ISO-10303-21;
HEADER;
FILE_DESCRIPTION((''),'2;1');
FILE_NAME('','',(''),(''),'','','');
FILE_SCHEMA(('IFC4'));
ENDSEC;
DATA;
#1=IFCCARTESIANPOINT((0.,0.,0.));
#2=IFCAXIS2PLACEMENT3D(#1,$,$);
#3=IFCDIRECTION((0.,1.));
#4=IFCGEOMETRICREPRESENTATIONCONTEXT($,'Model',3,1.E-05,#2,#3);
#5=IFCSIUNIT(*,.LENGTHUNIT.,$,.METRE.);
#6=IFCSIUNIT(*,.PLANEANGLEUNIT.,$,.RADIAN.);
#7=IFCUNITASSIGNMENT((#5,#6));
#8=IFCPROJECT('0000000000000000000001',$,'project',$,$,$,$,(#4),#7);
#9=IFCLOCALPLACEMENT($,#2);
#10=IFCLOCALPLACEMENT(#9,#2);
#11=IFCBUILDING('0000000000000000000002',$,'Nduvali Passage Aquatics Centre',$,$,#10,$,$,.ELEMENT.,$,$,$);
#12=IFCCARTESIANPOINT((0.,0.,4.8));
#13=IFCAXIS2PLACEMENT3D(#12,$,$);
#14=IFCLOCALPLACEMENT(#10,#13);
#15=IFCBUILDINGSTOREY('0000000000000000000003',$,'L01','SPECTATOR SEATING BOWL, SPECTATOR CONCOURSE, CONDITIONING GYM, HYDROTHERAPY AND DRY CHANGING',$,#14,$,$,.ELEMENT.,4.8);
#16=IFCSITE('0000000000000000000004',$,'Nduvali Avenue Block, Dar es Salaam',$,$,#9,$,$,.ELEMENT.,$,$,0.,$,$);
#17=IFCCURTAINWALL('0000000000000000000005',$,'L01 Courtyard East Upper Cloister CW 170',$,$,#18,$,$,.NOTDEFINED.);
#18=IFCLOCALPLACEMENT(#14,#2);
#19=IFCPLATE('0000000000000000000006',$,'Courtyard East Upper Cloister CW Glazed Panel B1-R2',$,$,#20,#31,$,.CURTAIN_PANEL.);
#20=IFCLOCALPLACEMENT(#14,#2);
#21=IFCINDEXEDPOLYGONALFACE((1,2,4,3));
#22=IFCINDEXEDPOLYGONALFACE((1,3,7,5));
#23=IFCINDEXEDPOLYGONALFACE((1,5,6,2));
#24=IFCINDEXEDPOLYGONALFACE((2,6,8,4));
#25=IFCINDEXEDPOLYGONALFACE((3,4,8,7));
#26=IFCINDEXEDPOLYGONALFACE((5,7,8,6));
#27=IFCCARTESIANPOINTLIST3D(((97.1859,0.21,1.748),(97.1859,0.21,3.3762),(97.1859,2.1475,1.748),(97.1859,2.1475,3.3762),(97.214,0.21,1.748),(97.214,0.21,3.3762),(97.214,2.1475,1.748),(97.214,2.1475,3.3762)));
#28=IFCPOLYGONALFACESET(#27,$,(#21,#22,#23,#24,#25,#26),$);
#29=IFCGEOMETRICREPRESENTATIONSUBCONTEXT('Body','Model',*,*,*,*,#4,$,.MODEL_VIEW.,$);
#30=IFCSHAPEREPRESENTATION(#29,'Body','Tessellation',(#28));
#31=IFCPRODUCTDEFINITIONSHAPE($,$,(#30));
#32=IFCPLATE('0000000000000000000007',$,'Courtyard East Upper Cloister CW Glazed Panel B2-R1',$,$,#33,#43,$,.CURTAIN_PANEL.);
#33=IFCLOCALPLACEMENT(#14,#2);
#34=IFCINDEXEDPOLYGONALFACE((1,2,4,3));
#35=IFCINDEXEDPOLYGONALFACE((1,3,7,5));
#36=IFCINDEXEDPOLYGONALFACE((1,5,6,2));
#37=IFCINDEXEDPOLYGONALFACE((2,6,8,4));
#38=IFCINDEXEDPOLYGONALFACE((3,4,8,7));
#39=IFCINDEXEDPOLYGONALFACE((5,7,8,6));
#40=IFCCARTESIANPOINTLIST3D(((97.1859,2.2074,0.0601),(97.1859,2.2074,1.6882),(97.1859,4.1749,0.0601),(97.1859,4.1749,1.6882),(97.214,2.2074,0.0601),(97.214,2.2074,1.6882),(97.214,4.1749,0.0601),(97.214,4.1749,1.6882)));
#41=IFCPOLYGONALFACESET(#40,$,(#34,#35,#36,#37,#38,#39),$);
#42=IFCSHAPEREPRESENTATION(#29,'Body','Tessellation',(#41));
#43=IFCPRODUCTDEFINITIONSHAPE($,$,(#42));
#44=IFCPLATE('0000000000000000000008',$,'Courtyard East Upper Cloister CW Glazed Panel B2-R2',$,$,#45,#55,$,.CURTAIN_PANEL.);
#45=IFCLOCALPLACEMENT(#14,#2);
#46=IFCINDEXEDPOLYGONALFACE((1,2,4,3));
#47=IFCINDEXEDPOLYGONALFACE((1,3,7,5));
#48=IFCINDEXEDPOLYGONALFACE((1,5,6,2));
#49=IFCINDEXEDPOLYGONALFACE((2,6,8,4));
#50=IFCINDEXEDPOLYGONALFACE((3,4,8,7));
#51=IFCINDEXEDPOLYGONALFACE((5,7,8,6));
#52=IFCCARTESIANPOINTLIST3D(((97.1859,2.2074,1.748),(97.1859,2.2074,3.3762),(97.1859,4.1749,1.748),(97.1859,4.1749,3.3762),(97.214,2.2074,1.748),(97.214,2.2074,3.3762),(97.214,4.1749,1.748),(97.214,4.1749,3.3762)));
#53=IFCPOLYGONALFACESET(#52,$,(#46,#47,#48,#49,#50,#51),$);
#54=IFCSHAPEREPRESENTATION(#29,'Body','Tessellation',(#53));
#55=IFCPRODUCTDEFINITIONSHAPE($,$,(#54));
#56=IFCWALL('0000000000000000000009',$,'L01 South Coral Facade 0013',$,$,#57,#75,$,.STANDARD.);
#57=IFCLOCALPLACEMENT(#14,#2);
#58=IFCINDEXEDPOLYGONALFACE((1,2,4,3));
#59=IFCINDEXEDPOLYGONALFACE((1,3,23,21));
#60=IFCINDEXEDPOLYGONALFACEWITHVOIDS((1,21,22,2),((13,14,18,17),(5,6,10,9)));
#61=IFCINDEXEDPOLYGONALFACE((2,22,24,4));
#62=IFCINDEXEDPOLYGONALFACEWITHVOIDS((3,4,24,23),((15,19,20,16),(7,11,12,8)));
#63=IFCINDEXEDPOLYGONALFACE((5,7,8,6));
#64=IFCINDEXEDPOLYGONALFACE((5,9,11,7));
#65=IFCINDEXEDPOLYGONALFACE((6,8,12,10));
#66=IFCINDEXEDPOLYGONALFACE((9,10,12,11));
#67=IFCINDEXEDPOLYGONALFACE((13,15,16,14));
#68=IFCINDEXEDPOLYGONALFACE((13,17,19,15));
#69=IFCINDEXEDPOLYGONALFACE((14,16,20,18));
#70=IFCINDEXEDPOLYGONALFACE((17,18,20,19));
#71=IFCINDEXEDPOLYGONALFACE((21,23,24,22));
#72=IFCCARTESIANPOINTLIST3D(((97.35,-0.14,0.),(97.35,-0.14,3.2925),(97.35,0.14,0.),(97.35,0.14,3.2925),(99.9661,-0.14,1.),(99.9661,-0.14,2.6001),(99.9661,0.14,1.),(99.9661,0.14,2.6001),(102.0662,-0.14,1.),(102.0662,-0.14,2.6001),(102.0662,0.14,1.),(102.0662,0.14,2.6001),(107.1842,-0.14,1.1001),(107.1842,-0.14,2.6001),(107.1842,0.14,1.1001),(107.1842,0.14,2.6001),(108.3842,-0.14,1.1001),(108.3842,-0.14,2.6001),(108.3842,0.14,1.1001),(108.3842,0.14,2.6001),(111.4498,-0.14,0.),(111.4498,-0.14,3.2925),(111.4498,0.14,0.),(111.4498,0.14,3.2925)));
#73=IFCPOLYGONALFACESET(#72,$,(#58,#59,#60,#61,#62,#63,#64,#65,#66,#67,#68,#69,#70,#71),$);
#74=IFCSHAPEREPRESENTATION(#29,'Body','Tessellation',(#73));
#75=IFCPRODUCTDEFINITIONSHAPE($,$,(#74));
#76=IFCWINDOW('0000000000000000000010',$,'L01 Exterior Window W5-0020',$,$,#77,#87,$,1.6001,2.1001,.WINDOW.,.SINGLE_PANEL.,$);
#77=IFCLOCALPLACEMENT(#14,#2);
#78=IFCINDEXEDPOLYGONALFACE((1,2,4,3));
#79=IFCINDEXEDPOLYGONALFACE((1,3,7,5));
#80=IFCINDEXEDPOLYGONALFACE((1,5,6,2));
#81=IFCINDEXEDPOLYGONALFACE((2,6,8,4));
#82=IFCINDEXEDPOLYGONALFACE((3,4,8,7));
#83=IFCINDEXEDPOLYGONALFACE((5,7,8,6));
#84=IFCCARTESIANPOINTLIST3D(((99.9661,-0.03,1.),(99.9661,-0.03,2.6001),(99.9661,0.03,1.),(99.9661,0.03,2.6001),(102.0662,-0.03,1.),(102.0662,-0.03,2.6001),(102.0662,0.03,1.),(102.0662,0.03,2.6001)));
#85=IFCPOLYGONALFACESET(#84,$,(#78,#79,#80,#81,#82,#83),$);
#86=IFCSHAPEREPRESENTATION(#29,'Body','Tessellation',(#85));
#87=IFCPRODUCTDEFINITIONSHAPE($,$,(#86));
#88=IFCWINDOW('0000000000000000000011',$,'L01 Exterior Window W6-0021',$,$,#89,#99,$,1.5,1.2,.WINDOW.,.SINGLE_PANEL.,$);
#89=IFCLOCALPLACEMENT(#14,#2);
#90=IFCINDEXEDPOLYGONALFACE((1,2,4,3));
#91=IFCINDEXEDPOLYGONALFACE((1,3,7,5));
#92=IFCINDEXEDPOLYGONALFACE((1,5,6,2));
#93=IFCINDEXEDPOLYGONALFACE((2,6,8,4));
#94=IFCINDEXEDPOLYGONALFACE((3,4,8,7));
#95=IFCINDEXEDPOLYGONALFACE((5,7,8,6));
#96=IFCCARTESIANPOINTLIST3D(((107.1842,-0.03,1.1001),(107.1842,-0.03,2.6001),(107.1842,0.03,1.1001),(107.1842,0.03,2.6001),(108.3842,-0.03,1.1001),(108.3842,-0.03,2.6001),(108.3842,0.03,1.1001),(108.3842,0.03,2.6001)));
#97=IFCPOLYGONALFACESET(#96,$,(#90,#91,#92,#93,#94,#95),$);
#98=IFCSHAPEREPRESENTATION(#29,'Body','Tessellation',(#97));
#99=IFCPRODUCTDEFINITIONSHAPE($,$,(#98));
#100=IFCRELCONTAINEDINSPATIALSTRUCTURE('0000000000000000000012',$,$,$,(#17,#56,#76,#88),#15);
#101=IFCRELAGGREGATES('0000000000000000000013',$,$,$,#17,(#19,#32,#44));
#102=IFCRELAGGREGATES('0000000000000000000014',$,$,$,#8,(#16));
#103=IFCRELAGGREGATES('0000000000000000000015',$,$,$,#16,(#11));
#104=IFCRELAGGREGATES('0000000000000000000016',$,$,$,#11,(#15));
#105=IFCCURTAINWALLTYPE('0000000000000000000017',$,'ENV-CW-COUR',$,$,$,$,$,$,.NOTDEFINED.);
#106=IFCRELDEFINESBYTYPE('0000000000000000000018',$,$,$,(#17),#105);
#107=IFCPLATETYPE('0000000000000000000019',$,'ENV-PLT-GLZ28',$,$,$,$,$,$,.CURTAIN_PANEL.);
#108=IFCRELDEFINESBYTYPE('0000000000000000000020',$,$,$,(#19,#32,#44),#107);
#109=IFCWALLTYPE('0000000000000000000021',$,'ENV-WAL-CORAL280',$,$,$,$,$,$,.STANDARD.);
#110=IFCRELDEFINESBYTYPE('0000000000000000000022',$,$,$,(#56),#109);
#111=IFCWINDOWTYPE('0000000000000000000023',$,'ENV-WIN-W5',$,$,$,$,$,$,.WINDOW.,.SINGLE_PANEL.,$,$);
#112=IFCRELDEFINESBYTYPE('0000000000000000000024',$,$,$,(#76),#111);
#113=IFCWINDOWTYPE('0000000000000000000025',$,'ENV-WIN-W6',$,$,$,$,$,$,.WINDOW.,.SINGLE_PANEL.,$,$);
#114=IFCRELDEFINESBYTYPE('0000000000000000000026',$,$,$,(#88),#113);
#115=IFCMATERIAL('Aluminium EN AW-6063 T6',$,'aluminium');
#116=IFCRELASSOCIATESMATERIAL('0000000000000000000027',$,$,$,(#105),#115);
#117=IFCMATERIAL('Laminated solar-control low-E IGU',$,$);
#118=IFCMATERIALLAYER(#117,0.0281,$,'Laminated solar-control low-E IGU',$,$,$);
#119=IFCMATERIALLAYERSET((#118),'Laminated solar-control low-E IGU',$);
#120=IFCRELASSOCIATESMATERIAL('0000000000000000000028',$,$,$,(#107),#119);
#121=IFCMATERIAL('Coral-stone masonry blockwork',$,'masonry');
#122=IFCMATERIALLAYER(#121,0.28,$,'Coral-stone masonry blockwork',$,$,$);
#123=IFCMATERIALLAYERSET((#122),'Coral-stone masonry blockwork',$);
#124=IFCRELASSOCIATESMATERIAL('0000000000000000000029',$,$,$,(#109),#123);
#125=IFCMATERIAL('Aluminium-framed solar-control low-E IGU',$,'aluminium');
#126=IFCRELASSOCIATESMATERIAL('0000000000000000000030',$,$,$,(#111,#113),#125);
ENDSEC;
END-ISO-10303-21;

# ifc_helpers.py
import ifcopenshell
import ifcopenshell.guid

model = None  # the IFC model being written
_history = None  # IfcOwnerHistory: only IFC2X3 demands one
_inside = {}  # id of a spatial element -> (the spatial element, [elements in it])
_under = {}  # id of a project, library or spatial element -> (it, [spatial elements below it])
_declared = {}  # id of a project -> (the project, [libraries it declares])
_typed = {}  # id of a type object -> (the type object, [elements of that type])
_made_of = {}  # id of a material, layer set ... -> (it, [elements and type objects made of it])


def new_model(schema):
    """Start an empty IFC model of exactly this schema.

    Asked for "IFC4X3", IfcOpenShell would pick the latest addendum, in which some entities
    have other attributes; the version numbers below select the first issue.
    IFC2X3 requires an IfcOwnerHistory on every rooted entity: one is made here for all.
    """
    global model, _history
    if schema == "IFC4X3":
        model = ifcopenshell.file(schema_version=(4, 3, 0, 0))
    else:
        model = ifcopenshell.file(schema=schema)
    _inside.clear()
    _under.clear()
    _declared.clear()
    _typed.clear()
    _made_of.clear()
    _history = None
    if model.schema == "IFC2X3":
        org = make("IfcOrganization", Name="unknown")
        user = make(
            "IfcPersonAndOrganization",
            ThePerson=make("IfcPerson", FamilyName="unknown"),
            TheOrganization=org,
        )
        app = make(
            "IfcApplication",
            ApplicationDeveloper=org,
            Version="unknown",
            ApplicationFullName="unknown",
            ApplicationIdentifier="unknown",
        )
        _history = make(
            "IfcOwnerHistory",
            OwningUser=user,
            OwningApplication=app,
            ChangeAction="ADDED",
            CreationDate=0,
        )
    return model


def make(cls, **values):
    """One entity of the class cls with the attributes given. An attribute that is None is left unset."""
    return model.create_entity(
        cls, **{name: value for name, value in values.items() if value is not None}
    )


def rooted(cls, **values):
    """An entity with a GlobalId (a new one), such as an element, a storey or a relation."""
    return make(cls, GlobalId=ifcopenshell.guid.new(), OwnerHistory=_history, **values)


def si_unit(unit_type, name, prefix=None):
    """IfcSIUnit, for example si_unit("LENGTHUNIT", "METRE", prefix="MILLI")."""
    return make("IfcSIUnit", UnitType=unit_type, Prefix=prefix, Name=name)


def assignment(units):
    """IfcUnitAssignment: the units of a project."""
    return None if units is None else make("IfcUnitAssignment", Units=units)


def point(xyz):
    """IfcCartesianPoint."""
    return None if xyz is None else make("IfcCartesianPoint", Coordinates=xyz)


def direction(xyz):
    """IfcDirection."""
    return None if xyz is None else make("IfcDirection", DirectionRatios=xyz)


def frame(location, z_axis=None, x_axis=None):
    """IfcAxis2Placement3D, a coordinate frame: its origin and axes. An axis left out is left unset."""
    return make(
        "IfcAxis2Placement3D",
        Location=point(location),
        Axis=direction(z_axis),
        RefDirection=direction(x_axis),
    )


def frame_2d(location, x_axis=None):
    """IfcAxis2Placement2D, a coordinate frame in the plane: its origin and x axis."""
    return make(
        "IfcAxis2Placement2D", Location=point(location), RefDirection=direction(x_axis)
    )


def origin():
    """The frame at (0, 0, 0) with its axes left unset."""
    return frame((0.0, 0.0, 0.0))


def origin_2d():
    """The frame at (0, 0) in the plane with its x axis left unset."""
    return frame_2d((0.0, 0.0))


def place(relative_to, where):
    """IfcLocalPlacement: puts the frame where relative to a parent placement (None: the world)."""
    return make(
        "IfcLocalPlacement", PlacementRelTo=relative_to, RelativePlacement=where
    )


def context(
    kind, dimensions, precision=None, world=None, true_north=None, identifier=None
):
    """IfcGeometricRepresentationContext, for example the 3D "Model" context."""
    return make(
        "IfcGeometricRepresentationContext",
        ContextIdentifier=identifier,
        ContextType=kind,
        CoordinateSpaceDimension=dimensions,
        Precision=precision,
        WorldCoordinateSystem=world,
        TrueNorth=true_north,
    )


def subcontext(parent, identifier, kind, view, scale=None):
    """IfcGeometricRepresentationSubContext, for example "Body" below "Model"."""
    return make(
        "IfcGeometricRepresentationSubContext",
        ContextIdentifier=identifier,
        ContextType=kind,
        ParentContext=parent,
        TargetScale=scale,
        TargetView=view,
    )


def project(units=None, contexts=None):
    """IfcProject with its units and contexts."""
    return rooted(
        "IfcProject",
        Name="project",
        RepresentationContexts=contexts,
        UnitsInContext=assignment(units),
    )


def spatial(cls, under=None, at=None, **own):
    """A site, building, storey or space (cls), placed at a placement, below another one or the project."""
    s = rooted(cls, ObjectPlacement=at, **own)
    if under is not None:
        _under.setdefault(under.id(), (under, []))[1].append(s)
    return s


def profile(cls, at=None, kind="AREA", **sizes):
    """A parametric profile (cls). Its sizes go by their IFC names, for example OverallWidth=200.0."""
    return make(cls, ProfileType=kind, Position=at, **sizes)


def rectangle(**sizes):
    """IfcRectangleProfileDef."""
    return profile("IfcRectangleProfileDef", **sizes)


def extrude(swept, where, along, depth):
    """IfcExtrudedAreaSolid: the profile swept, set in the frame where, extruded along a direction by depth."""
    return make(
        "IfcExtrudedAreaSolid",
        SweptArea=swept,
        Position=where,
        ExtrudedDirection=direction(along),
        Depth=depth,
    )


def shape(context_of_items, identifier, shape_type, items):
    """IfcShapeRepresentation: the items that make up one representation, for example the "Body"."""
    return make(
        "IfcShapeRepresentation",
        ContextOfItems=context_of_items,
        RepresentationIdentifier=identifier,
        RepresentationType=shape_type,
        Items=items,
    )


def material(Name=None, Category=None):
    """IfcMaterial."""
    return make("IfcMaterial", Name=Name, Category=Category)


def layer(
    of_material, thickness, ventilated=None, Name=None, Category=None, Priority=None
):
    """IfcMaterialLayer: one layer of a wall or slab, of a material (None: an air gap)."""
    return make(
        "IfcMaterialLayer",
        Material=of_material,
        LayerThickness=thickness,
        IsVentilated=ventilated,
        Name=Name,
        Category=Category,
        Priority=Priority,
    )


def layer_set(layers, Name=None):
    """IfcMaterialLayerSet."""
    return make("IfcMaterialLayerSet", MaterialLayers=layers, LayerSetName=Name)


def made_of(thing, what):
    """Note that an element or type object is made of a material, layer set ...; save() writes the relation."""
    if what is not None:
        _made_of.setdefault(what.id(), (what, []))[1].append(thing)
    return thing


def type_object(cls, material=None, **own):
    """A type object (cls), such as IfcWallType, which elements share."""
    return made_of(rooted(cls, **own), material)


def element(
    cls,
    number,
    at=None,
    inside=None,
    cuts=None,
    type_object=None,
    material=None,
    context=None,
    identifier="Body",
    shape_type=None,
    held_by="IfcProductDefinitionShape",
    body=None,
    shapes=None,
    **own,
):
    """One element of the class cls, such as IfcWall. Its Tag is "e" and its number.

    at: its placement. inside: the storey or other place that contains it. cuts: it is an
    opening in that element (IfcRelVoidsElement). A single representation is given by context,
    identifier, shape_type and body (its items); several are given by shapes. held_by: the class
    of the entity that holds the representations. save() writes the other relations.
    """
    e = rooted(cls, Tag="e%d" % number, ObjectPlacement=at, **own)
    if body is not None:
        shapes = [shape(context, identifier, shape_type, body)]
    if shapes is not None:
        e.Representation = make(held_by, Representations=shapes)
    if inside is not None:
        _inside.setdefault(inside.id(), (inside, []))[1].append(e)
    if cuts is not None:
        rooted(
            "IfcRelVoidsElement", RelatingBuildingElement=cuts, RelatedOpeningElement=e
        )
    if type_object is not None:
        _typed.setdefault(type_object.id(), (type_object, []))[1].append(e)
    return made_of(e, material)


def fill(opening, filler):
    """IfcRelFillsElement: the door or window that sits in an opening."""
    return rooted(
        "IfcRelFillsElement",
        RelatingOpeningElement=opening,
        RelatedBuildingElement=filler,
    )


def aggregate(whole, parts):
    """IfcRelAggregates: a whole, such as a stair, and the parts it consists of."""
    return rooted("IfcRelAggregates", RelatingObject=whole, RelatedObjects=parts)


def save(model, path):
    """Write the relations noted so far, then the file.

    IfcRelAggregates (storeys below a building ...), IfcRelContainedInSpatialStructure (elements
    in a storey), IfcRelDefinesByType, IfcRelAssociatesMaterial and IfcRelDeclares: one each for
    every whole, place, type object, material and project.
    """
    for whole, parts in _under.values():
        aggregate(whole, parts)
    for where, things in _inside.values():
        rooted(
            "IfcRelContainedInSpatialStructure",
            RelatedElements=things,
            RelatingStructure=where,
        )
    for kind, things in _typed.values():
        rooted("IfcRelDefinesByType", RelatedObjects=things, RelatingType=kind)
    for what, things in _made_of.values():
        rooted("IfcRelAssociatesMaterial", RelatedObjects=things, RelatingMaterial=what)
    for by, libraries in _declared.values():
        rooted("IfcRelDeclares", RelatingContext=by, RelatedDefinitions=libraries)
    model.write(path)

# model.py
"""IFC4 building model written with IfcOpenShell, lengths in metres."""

from ifc_helpers import new_model, si_unit, direction, frame, frame_2d, origin, origin_2d, place, context, subcontext, project, spatial, rectangle, extrude, material, layer, layer_set, type_object, element, fill, aggregate, save


model = new_model("IFC4")

# Units and contexts
model_context = context("Model", 3, precision=1e-05, world=origin(), true_north=direction((0.0, 1.0)))
body_context = subcontext(model_context, "Body", "Model", "MODEL_VIEW")
ifc_project = project(units=[si_unit("LENGTHUNIT", "METRE"), si_unit("PLANEANGLEUNIT", "RADIAN")], contexts=[model_context])

# Site, building, storey
site_placement = place(None, origin())
site = spatial("IfcSite", under=ifc_project, at=site_placement, Name="Nduvali Avenue Block, Dar es Salaam", CompositionType="ELEMENT", RefElevation=0.0)
building_placement = place(site_placement, origin())
building = spatial("IfcBuilding", under=site, at=building_placement, Name="Nduvali Passage Aquatics Centre", CompositionType="ELEMENT")
storey_placement = place(building_placement, frame((0.0, 0.0, 4.8)))
storey = spatial("IfcBuildingStorey", under=building, at=storey_placement, Name="L01", Description="SPECTATOR SEATING BOWL, SPECTATOR CONCOURSE, CONDITIONING GYM, HYDROTHERAPY AND DRY CHANGING", CompositionType="ELEMENT", Elevation=4.8)

# Curtain wall
ifc_material_1 = material(Name="Aluminium EN AW-6063 T6", Category="aluminium")
curtain_wall_type = type_object("IfcCurtainWallType", Name="ENV-CW-COUR", PredefinedType="NOTDEFINED", material=ifc_material_1)
curtain_wall_placement = place(storey_placement, origin())
curtain_wall = element("IfcCurtainWall", 1, at=curtain_wall_placement, inside=storey, type_object=curtain_wall_type, Name="L01 Courtyard East Upper Cloister CW 170", PredefinedType="NOTDEFINED")

# Plates
ifc_material_2 = material(Name="Laminated solar-control low-E IGU")
ifc_layer_1 = layer(ifc_material_2, 0.0281, Name="Laminated solar-control low-E IGU")
ifc_layer_set_1 = layer_set([ifc_layer_1], Name="Laminated solar-control low-E IGU")
plate_type = type_object("IfcPlateType", Name="ENV-PLT-GLZ28", PredefinedType="CURTAIN_PANEL", material=ifc_layer_set_1)
plate_1_placement = place(storey_placement, frame((97.2, 1.1787, 1.748), z_axis=(0.0, 0.0, 1.0), x_axis=(0.0, 1.0, 0.0)))
plate_1 = element("IfcPlate", 2, at=plate_1_placement, type_object=plate_type, Name="Courtyard East Upper Cloister CW Glazed Panel B1-R2", PredefinedType="CURTAIN_PANEL", context=body_context, shape_type="SweptSolid", body=[
    extrude(rectangle(XDim=1.9375, YDim=0.0281, at=origin_2d()), origin(), (0.0, 0.0, 1.0), 1.6282),
])
plate_2_placement = place(storey_placement, frame((97.2, 3.1912, 0.0601), z_axis=(0.0, 0.0, 1.0), x_axis=(0.0, 1.0, 0.0)))
plate_2 = element("IfcPlate", 3, at=plate_2_placement, type_object=plate_type, Name="Courtyard East Upper Cloister CW Glazed Panel B2-R1", PredefinedType="CURTAIN_PANEL", context=body_context, shape_type="SweptSolid", body=[
    extrude(rectangle(XDim=1.9675, YDim=0.0281, at=origin_2d()), origin(), (0.0, 0.0, 1.0), 1.6282),
])
plate_3_placement = place(storey_placement, frame((97.2, 3.1912, 1.748), z_axis=(0.0, 0.0, 1.0), x_axis=(0.0, 1.0, 0.0)))
plate_3 = element("IfcPlate", 4, at=plate_3_placement, type_object=plate_type, Name="Courtyard East Upper Cloister CW Glazed Panel B2-R2", PredefinedType="CURTAIN_PANEL", context=body_context, shape_type="SweptSolid", body=[
    extrude(rectangle(XDim=1.9675, YDim=0.0281, at=origin_2d()), origin(), (0.0, 0.0, 1.0), 1.6282),
])
aggregate(curtain_wall, [plate_1, plate_2, plate_3])

# Wall, openings, windows
ifc_material_3 = material(Name="Coral-stone masonry blockwork", Category="masonry")
ifc_layer_2 = layer(ifc_material_3, 0.28, Name="Coral-stone masonry blockwork")
ifc_layer_set_2 = layer_set([ifc_layer_2], Name="Coral-stone masonry blockwork")
wall_type = type_object("IfcWallType", Name="ENV-WAL-CORAL280", PredefinedType="STANDARD", material=ifc_layer_set_2)
wall_placement = place(storey_placement, frame((97.3501, 0.0, 0.0), z_axis=(0.0, 0.0, 1.0), x_axis=(1.0, 0.0, 0.0)))
wall = element("IfcWall", 5, at=wall_placement, inside=storey, type_object=wall_type, Name="L01 South Coral Facade 0013", PredefinedType="STANDARD", context=body_context, shape_type="SweptSolid", body=[
    extrude(rectangle(XDim=14.0999, YDim=0.28, at=frame_2d((7.0498, 0.0))), origin(), (0.0, 0.0, 1.0), 3.2925),
])
opening_1_placement = place(wall_placement, frame((2.616, 0.0, 1.0)))
opening_1 = element("IfcOpeningElement", 6, at=opening_1_placement, cuts=wall, PredefinedType="OPENING", context=body_context, shape_type="SweptSolid", body=[
    extrude(rectangle(XDim=2.1001, YDim=1.6001, at=frame_2d((1.05, 0.8))), frame((0.0, 0.1548, 0.0), z_axis=(0.0, -1.0, 0.0), x_axis=(1.0, 0.0, 0.0)), (0.0, 0.0, 1.0), 0.3098),
])
opening_2_placement = place(wall_placement, frame((9.834, 0.0, 1.1001)))
opening_2 = element("IfcOpeningElement", 7, at=opening_2_placement, cuts=wall, PredefinedType="OPENING", context=body_context, shape_type="SweptSolid", body=[
    extrude(rectangle(XDim=1.2, YDim=1.5, at=frame_2d((0.6001, 0.75))), frame((0.0, 0.1548, 0.0), z_axis=(0.0, -1.0, 0.0), x_axis=(1.0, 0.0, 0.0)), (0.0, 0.0, 1.0), 0.3098),
])
ifc_material_4 = material(Name="Aluminium-framed solar-control low-E IGU", Category="aluminium")
window_type_1 = type_object("IfcWindowType", Name="ENV-WIN-W5", PartitioningType="SINGLE_PANEL", PredefinedType="WINDOW", material=ifc_material_4)
window_1_placement = place(opening_1_placement, origin())
window_1 = element("IfcWindow", 8, at=window_1_placement, inside=storey, type_object=window_type_1, Name="L01 Exterior Window W5-0020", OverallHeight=1.6001, OverallWidth=2.1001, PartitioningType="SINGLE_PANEL", PredefinedType="WINDOW", context=body_context, shape_type="SweptSolid", body=[
    extrude(rectangle(XDim=2.1001, YDim=1.6001, at=frame_2d((1.05, 0.8))), frame((0.0, 0.03, 0.0), z_axis=(0.0, -1.0, 0.0), x_axis=(1.0, 0.0, 0.0)), (0.0, 0.0, 1.0), 0.0601),
])
fill(opening_1, window_1)
window_type_2 = type_object("IfcWindowType", Name="ENV-WIN-W6", PartitioningType="SINGLE_PANEL", PredefinedType="WINDOW", material=ifc_material_4)
window_2_placement = place(opening_2_placement, origin())
window_2 = element("IfcWindow", 9, at=window_2_placement, inside=storey, type_object=window_type_2, Name="L01 Exterior Window W6-0021", OverallHeight=1.5, OverallWidth=1.2, PartitioningType="SINGLE_PANEL", PredefinedType="WINDOW", context=body_context, shape_type="SweptSolid", body=[
    extrude(rectangle(XDim=1.2, YDim=1.5, at=frame_2d((0.6001, 0.75))), frame((0.0, 0.03, 0.0), z_axis=(0.0, -1.0, 0.0), x_axis=(1.0, 0.0, 0.0)), (0.0, 0.0, 1.0), 0.0601),
])
fill(opening_2, window_2)

save(model, "model.ifc")
